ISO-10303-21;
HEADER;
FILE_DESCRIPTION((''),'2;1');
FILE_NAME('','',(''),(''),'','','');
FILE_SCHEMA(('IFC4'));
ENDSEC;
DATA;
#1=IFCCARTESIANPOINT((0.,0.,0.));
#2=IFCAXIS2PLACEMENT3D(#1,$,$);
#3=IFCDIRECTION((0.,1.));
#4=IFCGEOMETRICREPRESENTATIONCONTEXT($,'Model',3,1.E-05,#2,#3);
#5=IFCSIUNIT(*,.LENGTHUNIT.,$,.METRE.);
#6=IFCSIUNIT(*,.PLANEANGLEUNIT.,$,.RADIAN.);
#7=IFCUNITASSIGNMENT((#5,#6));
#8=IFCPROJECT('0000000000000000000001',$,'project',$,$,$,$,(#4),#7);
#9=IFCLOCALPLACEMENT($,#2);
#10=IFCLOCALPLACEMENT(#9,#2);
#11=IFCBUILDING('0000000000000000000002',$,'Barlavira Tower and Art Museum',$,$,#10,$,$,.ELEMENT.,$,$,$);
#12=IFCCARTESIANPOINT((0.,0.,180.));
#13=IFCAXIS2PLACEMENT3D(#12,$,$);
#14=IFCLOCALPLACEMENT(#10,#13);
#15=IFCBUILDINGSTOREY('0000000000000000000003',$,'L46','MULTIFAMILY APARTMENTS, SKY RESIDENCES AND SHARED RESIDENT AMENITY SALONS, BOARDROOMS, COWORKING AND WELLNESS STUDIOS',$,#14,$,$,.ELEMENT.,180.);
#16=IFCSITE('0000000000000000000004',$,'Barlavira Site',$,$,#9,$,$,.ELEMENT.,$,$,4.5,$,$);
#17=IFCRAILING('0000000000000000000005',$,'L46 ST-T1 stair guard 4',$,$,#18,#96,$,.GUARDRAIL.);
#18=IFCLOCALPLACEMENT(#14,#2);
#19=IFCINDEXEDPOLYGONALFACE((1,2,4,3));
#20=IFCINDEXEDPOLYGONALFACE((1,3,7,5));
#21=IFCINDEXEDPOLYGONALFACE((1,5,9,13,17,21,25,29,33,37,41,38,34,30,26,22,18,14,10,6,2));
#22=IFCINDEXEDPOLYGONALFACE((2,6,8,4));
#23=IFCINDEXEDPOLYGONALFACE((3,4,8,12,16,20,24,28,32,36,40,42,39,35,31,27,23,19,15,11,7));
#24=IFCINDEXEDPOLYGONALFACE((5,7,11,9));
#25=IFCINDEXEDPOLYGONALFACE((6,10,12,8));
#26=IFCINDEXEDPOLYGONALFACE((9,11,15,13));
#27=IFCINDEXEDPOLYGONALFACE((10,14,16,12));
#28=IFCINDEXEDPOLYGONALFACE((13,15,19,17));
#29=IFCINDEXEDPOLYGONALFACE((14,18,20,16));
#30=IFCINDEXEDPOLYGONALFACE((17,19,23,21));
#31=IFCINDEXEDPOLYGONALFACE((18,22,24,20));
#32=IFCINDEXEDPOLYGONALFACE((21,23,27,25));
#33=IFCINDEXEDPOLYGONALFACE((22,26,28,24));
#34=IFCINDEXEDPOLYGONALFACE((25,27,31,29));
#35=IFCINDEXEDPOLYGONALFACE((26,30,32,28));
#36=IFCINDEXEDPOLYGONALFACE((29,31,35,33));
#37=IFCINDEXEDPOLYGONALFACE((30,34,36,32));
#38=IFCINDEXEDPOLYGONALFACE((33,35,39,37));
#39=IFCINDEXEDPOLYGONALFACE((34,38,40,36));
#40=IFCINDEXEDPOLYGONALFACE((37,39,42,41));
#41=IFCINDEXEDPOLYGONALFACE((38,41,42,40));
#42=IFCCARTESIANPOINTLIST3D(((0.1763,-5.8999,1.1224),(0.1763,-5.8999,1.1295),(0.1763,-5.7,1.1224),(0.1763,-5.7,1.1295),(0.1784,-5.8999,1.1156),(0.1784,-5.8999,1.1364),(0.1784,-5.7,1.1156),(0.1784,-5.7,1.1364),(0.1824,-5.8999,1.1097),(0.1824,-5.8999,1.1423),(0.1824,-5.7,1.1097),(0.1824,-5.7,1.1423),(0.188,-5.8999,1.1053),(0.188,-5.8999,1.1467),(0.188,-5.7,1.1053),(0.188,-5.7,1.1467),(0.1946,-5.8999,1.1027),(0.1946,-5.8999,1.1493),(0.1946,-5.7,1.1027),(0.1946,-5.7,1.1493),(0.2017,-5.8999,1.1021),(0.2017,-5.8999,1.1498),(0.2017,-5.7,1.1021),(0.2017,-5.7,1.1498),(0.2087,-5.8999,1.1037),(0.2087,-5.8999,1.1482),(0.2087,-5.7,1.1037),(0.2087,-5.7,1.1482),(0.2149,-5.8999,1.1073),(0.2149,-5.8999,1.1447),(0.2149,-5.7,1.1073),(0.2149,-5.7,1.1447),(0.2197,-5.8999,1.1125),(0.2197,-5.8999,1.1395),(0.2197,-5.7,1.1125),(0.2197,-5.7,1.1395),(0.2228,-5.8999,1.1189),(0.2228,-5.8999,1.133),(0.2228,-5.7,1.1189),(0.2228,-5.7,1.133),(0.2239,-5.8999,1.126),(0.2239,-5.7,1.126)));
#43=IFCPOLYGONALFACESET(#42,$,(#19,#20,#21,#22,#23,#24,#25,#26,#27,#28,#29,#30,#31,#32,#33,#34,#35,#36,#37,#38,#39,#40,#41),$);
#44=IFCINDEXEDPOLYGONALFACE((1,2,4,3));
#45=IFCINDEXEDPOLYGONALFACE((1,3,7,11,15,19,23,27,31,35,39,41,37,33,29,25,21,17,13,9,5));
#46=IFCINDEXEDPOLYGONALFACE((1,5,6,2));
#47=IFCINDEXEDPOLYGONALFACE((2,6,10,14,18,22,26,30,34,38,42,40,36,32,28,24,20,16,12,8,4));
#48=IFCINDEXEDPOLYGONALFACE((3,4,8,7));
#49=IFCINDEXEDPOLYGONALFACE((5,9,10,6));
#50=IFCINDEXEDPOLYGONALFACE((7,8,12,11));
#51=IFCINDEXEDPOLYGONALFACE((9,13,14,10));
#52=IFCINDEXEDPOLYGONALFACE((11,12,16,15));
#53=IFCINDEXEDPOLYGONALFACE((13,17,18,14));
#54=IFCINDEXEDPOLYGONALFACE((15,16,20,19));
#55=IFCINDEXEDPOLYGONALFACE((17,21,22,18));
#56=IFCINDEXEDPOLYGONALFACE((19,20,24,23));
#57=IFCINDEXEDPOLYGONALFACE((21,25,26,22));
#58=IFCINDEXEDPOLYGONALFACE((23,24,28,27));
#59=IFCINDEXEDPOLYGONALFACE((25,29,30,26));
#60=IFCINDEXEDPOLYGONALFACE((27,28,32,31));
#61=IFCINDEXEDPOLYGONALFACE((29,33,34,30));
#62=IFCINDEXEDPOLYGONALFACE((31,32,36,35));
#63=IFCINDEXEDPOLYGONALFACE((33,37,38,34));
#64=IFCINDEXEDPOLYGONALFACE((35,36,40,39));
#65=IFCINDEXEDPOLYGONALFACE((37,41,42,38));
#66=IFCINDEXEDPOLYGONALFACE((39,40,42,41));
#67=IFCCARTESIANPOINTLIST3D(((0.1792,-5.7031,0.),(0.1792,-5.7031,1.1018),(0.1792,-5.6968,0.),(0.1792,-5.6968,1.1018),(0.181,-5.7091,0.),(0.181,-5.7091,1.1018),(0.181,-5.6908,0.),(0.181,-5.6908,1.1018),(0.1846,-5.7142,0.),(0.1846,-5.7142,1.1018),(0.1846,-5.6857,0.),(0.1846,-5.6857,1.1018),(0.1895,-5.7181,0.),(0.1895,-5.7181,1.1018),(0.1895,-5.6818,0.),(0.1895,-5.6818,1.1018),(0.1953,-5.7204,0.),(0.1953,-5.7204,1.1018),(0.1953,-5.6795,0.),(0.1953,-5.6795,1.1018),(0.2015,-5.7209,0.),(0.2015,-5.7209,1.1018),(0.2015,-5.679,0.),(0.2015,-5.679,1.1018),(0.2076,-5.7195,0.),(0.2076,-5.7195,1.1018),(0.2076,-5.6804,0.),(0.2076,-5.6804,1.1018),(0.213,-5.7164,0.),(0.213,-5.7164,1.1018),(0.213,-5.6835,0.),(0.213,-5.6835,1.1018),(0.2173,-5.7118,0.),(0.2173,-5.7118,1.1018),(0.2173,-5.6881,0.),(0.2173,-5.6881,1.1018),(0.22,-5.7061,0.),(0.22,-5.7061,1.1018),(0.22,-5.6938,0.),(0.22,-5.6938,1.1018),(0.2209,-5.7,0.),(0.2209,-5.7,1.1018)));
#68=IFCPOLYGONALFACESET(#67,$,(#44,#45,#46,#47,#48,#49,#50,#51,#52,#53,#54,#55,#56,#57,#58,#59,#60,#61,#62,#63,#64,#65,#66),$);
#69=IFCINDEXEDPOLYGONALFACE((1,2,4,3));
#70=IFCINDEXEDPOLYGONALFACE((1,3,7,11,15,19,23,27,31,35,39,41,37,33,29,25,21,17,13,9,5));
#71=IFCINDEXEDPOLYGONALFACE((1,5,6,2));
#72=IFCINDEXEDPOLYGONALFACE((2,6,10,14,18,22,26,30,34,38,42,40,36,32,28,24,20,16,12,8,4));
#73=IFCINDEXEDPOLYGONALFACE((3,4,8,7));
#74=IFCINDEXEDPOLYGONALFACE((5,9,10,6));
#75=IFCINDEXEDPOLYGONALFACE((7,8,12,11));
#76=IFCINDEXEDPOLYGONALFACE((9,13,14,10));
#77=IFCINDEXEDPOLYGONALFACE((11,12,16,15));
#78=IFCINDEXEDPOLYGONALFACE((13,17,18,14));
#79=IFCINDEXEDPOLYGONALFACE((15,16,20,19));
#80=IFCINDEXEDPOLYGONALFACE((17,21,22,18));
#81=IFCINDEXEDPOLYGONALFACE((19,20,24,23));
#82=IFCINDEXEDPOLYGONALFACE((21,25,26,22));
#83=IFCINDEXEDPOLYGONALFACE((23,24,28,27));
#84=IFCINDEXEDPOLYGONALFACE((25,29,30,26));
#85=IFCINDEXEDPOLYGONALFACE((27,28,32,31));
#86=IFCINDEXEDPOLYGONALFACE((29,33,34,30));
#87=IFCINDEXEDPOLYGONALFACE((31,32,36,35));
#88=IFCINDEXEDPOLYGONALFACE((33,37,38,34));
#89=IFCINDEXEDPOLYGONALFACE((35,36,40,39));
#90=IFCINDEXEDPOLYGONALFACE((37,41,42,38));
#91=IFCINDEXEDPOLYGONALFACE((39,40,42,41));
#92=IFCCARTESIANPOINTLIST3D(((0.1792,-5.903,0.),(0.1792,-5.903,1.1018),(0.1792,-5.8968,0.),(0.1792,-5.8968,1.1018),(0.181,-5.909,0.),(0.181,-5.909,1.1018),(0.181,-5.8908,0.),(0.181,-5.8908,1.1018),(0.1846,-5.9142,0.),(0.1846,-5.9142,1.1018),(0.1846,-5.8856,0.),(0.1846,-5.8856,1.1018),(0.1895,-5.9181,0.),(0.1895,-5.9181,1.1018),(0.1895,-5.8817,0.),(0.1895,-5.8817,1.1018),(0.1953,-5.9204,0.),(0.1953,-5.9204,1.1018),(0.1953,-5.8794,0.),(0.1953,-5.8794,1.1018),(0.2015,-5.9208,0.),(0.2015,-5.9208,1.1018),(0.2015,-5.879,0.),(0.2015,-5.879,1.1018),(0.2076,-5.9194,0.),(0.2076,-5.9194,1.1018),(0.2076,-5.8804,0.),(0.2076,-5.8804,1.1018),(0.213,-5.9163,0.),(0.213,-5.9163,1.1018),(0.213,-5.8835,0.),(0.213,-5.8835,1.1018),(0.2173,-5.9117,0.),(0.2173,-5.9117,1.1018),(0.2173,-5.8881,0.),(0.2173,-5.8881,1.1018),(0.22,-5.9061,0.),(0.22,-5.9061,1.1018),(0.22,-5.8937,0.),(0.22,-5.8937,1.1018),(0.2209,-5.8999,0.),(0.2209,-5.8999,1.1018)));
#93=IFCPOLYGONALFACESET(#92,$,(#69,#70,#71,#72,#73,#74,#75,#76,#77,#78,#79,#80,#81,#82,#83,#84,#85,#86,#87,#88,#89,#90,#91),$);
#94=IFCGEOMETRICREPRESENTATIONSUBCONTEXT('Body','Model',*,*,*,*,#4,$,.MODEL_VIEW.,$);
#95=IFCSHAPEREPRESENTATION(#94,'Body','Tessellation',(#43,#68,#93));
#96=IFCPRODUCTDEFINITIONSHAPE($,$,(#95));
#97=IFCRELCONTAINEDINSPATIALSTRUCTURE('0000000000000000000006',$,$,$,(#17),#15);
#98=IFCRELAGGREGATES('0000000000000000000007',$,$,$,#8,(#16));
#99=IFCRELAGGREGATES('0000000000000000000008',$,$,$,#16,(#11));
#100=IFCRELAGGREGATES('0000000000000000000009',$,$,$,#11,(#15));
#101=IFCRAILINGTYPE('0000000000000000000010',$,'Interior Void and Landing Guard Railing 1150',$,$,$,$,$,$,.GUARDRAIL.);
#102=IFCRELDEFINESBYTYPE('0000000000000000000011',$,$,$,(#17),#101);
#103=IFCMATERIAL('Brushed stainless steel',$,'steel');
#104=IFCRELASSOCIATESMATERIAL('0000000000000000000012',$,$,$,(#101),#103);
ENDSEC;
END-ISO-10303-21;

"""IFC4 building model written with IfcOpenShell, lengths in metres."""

from ifc_helpers import new_model, si_unit, direction, frame, origin, origin_2d, place, context, subcontext, project, spatial, circle, extrude, material, type_object, element, save


model = new_model("IFC4")

# Units and contexts
model_context = context("Model", 3, precision=1e-05, world=origin(), true_north=direction((0.0, 1.0)))
body_context = subcontext(model_context, "Body", "Model", "MODEL_VIEW")
ifc_project = project(units=[si_unit("LENGTHUNIT", "METRE"), si_unit("PLANEANGLEUNIT", "RADIAN")], contexts=[model_context])

# Site, building, storey
site_placement = place(None, origin())
site = spatial("IfcSite", under=ifc_project, at=site_placement, Name="Barlavira Site", CompositionType="ELEMENT", RefElevation=4.5)
building_placement = place(site_placement, origin())
building = spatial("IfcBuilding", under=site, at=building_placement, Name="Barlavira Tower and Art Museum", CompositionType="ELEMENT")
storey_placement = place(building_placement, frame((0.0, 0.0, 180.0)))
storey = spatial("IfcBuildingStorey", under=building, at=storey_placement, Name="L46", Description="MULTIFAMILY APARTMENTS, SKY RESIDENCES AND SHARED RESIDENT AMENITY SALONS, BOARDROOMS, COWORKING AND WELLNESS STUDIOS", CompositionType="ELEMENT", Elevation=180.0)

# Shared definitions
ifc_material_1 = material(Name="Brushed stainless steel", Category="steel")

# Railing
railing_type_1 = type_object("IfcRailingType", Name="Interior Void and Landing Guard Railing 1150", PredefinedType="GUARDRAIL", material=ifc_material_1)
railing_1_placement = place(storey_placement, frame((0.2, -5.7, 0.0)))
element("IfcRailing", 1, at=railing_1_placement, inside=storey, type_object=railing_type_1, Name="L46 ST-T1 stair guard 4", PredefinedType="GUARDRAIL", context=body_context, shape_type="SweptSolid", body=[
    extrude(circle(Radius=0.0239, at=origin_2d()), frame((0.0, 0.0, 1.126), z_axis=(0.0, -1.0, 0.0), x_axis=(1.0, 0.0, 0.0)), (0.0, 0.0, 1.0), 0.2),
    extrude(circle(Radius=0.021, at=origin_2d()), origin(), (0.0, 0.0, 1.0), 1.1018),
    extrude(circle(Radius=0.021, at=origin_2d()), frame((0.0, -0.2, 0.0)), (0.0, 0.0, 1.0), 1.1018),
])

save(model, "model.ifc")
